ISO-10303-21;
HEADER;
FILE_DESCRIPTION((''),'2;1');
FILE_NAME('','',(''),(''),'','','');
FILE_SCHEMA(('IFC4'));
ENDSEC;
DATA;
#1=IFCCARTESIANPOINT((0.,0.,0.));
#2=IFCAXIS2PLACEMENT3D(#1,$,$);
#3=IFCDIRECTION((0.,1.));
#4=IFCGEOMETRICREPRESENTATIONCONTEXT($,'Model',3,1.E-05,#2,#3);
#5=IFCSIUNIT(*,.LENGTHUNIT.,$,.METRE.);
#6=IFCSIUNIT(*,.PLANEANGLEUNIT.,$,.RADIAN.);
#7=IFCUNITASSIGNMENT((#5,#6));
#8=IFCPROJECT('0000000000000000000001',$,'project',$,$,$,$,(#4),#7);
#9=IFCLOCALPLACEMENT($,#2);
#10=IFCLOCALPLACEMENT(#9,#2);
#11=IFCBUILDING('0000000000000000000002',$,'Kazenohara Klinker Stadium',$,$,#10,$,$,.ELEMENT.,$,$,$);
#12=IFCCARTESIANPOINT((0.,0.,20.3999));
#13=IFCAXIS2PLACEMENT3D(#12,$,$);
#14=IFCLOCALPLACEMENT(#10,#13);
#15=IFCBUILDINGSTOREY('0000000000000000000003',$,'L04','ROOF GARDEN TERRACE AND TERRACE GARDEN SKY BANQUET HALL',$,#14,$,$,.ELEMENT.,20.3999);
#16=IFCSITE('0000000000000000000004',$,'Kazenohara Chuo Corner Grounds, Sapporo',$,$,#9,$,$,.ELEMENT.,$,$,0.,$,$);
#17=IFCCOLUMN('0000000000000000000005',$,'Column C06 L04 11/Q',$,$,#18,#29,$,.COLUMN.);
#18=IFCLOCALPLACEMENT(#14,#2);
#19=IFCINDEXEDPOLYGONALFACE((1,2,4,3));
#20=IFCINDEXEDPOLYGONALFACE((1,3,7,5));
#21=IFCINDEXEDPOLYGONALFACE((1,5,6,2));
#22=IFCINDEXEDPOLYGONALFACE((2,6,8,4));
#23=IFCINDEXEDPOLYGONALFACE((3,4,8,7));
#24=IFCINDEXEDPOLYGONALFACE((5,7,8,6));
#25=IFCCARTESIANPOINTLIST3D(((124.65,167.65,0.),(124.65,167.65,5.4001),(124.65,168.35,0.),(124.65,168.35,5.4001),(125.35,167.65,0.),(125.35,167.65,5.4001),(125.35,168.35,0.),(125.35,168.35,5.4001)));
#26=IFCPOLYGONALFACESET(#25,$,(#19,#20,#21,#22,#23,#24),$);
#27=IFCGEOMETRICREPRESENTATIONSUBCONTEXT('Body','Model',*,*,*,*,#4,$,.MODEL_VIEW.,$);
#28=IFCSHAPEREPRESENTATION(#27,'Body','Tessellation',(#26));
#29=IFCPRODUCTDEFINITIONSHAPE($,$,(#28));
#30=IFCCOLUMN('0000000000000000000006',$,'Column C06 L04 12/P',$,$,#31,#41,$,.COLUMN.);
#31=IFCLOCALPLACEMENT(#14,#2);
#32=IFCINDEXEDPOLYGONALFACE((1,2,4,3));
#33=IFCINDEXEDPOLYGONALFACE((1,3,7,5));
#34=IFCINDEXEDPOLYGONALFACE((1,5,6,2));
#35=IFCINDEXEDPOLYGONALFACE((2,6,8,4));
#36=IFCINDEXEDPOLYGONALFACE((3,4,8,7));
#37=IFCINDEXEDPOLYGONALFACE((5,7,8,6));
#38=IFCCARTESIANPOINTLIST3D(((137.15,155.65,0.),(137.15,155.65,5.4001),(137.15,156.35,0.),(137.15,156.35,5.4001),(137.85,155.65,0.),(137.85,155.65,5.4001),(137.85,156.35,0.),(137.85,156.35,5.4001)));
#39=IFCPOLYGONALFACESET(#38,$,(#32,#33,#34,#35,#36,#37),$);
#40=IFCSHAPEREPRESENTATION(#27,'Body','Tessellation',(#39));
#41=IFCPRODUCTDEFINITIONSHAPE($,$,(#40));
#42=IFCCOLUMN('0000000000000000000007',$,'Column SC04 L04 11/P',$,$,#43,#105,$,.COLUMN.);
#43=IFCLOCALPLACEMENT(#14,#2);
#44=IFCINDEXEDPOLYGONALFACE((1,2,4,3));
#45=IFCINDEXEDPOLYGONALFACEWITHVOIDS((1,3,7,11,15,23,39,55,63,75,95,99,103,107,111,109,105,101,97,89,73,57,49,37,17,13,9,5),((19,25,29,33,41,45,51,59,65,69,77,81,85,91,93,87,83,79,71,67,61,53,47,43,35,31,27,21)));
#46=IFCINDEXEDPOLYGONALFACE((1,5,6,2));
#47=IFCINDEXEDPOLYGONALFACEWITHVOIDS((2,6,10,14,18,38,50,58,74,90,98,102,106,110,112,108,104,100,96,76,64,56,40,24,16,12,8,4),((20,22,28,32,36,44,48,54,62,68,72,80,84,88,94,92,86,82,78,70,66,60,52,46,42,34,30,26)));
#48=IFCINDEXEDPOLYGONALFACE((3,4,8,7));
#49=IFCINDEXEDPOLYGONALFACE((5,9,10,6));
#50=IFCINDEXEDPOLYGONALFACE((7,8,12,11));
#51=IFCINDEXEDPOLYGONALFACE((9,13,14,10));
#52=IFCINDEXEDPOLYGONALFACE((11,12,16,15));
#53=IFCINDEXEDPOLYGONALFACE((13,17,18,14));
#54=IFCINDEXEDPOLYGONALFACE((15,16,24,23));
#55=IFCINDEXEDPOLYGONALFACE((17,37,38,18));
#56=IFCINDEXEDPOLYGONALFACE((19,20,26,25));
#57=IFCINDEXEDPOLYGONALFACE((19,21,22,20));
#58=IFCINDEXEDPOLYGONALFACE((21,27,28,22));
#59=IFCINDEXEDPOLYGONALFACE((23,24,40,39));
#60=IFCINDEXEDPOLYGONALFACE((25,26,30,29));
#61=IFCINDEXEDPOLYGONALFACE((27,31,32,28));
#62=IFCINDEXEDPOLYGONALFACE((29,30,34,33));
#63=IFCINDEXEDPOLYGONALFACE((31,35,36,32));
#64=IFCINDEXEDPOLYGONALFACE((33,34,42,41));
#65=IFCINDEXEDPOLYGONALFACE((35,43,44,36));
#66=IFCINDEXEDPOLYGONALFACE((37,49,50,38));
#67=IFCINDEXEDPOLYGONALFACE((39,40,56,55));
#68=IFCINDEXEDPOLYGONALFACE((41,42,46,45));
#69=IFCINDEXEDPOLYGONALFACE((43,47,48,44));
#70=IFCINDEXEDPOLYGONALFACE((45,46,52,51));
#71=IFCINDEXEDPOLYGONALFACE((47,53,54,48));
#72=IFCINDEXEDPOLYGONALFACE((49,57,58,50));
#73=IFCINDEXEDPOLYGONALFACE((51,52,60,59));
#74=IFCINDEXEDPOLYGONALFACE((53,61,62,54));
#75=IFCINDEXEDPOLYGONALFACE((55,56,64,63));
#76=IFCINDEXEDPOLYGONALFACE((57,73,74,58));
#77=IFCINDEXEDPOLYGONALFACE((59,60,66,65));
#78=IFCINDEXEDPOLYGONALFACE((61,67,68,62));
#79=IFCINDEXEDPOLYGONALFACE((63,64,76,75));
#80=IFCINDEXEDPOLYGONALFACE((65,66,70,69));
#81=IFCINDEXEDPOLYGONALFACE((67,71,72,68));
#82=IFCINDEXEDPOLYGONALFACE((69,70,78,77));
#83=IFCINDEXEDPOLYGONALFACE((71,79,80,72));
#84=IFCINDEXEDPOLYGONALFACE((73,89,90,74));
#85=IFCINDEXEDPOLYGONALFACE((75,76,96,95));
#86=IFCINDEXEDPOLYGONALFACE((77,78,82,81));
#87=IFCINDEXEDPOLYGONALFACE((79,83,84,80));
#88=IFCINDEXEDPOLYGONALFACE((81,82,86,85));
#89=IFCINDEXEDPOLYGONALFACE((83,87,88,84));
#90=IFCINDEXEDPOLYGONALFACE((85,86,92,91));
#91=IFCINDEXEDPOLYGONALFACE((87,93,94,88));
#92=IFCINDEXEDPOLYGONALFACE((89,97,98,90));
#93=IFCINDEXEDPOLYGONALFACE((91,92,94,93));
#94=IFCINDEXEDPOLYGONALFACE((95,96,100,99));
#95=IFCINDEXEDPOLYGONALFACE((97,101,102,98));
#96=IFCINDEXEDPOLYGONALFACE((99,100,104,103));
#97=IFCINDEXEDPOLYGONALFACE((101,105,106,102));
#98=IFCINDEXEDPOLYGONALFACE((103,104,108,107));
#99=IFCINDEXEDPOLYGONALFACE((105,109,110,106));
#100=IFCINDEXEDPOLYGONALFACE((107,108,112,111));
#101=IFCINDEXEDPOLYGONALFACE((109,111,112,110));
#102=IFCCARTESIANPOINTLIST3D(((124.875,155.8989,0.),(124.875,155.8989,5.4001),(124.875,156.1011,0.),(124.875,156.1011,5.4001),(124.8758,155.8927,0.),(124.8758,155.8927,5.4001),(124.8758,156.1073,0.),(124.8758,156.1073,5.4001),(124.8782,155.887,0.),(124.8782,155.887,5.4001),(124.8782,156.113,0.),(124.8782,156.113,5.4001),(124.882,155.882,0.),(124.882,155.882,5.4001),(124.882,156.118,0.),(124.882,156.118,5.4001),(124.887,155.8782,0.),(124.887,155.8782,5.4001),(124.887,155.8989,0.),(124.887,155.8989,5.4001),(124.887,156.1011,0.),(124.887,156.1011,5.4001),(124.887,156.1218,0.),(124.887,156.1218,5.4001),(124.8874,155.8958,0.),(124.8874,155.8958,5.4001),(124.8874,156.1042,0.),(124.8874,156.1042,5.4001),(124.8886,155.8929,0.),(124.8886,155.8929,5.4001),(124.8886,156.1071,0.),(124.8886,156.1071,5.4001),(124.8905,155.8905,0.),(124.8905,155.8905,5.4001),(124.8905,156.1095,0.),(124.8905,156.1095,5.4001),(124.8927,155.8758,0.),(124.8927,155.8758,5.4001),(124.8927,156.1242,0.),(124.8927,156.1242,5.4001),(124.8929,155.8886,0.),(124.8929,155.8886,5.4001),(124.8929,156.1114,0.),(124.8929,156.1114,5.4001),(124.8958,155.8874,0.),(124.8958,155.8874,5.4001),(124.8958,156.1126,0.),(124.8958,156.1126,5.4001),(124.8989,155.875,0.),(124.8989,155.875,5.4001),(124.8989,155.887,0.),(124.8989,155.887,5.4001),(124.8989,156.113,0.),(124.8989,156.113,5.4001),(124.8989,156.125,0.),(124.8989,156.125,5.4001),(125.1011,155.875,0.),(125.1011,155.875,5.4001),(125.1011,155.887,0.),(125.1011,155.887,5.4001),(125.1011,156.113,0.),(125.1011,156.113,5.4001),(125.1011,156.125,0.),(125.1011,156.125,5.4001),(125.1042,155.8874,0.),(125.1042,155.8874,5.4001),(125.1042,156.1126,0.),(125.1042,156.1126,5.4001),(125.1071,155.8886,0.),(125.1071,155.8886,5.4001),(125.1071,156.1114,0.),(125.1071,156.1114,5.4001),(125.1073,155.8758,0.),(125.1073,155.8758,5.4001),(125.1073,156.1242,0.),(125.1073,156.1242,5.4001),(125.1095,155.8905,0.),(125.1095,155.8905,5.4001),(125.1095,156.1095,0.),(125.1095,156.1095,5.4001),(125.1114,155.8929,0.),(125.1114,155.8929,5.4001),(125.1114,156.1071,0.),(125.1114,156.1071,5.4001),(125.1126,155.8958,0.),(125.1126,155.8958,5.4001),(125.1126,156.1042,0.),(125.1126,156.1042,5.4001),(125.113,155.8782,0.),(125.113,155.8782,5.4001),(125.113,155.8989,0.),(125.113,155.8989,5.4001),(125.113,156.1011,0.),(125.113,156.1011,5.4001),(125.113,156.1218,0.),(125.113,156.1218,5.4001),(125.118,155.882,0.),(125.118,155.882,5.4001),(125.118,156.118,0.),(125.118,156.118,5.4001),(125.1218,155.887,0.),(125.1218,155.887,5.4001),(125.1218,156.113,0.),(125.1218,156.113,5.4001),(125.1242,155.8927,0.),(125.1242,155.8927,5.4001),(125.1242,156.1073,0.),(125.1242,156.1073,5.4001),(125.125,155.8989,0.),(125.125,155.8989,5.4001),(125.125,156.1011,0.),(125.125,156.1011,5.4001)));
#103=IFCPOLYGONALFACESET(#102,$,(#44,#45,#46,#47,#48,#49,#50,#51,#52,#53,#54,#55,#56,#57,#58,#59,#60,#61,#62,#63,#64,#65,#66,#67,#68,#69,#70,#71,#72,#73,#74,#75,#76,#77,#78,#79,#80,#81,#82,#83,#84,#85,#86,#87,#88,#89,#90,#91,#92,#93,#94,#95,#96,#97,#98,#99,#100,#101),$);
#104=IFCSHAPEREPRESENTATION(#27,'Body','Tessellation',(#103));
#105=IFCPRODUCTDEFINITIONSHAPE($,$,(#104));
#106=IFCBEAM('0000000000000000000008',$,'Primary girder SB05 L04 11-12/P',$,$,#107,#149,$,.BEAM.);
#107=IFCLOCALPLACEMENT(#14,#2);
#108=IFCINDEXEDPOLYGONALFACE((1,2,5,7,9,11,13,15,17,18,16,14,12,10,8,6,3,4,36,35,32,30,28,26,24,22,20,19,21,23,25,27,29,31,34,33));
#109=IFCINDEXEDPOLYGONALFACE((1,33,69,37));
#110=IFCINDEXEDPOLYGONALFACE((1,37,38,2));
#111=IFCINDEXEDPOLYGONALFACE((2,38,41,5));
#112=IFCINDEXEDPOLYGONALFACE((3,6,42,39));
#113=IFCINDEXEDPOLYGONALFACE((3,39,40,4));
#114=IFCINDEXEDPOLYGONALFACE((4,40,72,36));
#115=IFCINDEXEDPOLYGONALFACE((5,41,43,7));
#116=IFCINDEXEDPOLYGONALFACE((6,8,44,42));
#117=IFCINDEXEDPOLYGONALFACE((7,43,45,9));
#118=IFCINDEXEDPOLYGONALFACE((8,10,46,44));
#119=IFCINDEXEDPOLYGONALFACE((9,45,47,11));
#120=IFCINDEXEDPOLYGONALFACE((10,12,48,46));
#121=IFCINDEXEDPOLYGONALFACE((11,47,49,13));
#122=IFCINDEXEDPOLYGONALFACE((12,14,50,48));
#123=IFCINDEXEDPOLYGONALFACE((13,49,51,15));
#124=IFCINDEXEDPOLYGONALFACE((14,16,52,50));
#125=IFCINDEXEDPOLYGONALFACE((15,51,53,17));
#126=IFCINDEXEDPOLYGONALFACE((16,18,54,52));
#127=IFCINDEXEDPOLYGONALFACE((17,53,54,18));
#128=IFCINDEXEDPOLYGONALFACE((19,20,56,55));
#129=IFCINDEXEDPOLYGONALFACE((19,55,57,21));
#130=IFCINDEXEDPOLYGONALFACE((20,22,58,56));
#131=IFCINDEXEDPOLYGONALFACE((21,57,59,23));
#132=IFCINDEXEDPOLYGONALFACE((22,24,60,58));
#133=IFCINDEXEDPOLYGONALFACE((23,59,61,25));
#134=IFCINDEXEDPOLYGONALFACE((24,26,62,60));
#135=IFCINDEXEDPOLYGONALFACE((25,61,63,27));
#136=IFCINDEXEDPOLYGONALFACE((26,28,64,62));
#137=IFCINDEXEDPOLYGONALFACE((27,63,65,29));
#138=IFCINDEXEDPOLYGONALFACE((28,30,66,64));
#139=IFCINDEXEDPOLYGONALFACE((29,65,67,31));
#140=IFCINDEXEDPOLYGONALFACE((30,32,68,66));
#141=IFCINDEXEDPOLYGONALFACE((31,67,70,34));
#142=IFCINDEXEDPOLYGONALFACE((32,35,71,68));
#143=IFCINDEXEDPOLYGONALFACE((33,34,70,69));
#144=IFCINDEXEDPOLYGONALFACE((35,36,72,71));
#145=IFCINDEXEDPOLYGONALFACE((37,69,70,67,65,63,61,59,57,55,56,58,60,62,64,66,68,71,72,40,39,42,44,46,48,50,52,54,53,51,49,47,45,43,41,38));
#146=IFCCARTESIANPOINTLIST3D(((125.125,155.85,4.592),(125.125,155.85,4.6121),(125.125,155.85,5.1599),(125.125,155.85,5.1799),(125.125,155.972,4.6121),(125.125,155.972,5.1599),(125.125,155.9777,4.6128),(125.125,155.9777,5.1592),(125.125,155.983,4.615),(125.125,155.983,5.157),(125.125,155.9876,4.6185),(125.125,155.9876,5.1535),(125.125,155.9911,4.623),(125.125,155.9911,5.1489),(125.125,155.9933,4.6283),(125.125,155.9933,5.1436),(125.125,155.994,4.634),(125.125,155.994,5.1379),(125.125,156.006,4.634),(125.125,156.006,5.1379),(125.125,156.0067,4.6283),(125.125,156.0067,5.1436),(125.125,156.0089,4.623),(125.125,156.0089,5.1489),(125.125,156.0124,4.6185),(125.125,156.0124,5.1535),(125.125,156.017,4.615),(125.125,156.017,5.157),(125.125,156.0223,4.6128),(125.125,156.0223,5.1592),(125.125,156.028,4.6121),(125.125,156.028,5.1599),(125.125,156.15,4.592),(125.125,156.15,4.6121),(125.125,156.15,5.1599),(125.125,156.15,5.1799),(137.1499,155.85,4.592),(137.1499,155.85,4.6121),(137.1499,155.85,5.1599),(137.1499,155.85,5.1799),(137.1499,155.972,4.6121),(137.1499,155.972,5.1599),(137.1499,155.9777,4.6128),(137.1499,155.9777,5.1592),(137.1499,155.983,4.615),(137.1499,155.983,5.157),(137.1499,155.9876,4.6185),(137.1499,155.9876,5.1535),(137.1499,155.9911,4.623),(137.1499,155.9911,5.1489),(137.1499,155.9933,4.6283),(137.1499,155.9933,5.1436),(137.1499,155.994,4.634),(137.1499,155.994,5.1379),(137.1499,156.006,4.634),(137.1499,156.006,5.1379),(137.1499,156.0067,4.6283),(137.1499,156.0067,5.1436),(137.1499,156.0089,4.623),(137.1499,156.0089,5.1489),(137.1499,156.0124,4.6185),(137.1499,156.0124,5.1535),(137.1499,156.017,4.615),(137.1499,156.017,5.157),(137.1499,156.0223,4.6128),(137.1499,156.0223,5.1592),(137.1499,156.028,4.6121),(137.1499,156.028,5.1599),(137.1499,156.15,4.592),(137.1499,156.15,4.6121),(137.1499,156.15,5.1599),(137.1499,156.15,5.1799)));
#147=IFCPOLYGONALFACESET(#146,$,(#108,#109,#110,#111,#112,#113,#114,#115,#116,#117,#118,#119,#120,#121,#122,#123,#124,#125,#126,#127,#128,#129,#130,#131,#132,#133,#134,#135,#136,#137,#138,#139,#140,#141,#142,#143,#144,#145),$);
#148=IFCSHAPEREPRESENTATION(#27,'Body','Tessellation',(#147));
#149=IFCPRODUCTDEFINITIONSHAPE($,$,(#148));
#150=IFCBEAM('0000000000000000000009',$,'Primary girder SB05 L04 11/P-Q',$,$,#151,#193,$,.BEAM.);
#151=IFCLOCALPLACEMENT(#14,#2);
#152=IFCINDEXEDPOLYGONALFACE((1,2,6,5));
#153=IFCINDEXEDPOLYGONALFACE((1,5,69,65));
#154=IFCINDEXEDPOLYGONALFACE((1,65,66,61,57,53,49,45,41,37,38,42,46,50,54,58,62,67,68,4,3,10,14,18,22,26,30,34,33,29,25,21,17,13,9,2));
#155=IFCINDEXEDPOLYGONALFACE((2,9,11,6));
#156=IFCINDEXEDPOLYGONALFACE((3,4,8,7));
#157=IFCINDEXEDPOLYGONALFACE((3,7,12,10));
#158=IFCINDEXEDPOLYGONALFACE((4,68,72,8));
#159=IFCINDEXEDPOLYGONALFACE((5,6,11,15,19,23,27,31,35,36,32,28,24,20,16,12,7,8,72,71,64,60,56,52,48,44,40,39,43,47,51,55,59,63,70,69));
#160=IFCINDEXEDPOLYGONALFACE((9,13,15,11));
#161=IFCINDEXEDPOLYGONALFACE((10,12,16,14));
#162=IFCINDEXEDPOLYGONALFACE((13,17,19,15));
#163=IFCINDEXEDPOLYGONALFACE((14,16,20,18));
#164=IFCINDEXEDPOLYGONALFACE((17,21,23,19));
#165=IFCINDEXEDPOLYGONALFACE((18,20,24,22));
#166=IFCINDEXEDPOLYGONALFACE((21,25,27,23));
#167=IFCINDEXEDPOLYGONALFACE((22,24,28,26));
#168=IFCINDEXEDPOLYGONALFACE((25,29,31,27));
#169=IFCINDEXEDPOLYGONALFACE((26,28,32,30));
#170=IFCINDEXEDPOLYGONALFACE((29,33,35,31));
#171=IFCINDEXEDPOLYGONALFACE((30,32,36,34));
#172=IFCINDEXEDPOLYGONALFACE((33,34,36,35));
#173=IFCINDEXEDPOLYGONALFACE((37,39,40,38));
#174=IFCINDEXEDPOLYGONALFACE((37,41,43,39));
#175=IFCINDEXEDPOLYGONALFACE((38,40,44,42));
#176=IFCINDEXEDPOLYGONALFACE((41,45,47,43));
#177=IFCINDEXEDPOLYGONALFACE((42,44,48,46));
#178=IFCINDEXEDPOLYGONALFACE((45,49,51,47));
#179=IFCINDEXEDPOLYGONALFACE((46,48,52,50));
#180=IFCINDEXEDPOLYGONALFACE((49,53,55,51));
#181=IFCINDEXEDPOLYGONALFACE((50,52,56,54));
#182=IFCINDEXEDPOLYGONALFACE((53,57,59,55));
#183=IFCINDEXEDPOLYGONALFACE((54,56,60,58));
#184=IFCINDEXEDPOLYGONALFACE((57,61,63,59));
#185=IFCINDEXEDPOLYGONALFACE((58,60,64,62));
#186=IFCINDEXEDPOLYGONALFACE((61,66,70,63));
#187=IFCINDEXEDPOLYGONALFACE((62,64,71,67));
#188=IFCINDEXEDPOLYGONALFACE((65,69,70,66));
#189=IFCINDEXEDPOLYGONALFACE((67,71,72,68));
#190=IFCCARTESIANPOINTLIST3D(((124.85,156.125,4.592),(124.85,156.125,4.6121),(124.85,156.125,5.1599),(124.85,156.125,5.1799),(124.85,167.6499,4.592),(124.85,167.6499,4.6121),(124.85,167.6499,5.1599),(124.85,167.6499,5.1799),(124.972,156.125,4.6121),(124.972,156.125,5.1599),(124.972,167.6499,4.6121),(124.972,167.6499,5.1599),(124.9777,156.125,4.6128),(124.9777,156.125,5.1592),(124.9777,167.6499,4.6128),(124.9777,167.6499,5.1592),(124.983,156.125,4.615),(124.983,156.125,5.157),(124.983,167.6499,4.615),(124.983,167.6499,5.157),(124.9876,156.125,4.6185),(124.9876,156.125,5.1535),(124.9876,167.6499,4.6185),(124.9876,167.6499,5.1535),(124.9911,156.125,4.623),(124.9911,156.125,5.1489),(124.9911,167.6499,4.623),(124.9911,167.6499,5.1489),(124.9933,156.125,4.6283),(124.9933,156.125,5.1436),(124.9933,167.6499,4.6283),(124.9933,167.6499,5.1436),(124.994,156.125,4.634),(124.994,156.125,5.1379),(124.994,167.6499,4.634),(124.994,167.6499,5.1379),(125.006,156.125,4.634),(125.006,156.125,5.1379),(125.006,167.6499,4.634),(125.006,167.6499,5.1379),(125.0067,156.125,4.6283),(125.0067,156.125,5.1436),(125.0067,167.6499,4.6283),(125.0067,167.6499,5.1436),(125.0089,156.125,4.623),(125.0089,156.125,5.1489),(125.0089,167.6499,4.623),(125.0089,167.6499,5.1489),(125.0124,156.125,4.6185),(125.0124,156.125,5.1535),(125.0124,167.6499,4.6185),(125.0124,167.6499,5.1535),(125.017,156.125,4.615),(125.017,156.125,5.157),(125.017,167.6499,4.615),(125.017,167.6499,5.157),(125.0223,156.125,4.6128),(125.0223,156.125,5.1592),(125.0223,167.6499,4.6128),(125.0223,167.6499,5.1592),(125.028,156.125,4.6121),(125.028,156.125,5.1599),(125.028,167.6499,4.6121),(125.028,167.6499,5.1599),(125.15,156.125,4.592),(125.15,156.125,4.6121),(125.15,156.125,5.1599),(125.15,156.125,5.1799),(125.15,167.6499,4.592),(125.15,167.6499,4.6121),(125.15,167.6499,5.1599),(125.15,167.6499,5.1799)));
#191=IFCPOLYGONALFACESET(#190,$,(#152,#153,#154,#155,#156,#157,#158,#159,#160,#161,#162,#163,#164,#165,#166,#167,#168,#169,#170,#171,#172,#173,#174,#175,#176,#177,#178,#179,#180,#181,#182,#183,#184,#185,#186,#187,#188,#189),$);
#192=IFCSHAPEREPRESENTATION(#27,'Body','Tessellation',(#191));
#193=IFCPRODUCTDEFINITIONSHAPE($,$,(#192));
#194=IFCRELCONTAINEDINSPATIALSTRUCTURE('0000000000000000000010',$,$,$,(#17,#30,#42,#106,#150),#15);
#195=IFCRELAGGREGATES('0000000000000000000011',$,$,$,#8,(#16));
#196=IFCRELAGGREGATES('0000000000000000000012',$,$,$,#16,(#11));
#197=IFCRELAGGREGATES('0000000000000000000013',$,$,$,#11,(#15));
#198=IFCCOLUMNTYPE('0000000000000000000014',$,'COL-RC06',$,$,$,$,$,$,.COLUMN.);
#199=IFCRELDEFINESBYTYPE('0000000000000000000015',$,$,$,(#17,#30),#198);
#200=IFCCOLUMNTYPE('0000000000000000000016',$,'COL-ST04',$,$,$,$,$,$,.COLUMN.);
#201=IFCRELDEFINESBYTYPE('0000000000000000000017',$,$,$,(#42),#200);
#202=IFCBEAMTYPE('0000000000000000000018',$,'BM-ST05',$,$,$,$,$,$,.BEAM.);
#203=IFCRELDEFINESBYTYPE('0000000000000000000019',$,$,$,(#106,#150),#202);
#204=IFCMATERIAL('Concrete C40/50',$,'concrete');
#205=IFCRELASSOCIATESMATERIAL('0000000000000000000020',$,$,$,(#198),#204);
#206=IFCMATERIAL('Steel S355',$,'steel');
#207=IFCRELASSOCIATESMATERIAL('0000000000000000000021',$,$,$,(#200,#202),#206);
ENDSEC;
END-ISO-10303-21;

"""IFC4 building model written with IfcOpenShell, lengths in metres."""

from ifc_helpers import new_model, si_unit, direction, frame, origin, origin_2d, place, context, subcontext, project, spatial, rectangle, hollow_rectangle, i_section, extrude, material, material_profile, profile_set, type_object, element, save


model = new_model("IFC4")

# Units and contexts
model_context = context("Model", 3, precision=1e-05, world=origin(), true_north=direction((0.0, 1.0)))
body_context = subcontext(model_context, "Body", "Model", "MODEL_VIEW")
ifc_project = project(units=[si_unit("LENGTHUNIT", "METRE"), si_unit("PLANEANGLEUNIT", "RADIAN")], contexts=[model_context])

# Site, building, storey
site_placement = place(None, origin())
site = spatial("IfcSite", under=ifc_project, at=site_placement, Name="Kazenohara Chuo Corner Grounds, Sapporo", CompositionType="ELEMENT", RefElevation=0.0)
building_placement = place(site_placement, origin())
building = spatial("IfcBuilding", under=site, at=building_placement, Name="Kazenohara Klinker Stadium", CompositionType="ELEMENT")
storey_placement = place(building_placement, frame((0.0, 0.0, 20.3999)))
storey = spatial("IfcBuildingStorey", under=building, at=storey_placement, Name="L04", Description="ROOF GARDEN TERRACE AND TERRACE GARDEN SKY BANQUET HALL", CompositionType="ELEMENT", Elevation=20.3999)

# Columns
ifc_material_1 = material(Name="Concrete C40/50", Category="concrete")
ifc_material_profile_1 = material_profile(ifc_material_1, rectangle(XDim=0.7, YDim=0.7, at=origin_2d()), Name="RC-COL-700x700")
ifc_profile_set_1 = profile_set([ifc_material_profile_1], Name="Concrete C40/50")
column_type_1 = type_object("IfcColumnType", Name="COL-RC06", PredefinedType="COLUMN", material=ifc_profile_set_1)
for number, where, z_axis, x_axis, name in (
    (1, (125.0, 168.0, 0.0), (0.0, 0.0, 1.0), (1.0, 0.0, 0.0), "Column C06 L04 11/Q"),
    (2, (137.5, 156.0, 0.0), (0.0, 0.0, 1.0), (1.0, 0.0, 0.0), "Column C06 L04 12/P"),
):
    element("IfcColumn", number, at=place(storey_placement, frame(where, z_axis=z_axis, x_axis=x_axis)), inside=storey, type_object=column_type_1, Name=name, PredefinedType="COLUMN", context=body_context, shape_type="SweptSolid", body=[
        extrude(rectangle(XDim=0.7, YDim=0.7, at=origin_2d()), origin(), (0.0, 0.0, 1.0), 5.4001),
    ])
ifc_material_2 = material(Name="Steel S355", Category="steel")
ifc_material_profile_2 = material_profile(ifc_material_2, hollow_rectangle(XDim=0.25, YDim=0.25, WallThickness=0.012, InnerFilletRadius=0.012, OuterFilletRadius=0.0239, at=origin_2d()), Name="SHS-250x250x12")
ifc_profile_set_2 = profile_set([ifc_material_profile_2], Name="Steel S355")
column_type_2 = type_object("IfcColumnType", Name="COL-ST04", PredefinedType="COLUMN", material=ifc_profile_set_2)
column_placement = place(storey_placement, frame((125.0, 156.0, 0.0), z_axis=(0.0, 0.0, 1.0), x_axis=(1.0, 0.0, 0.0)))
element("IfcColumn", 3, at=column_placement, inside=storey, type_object=column_type_2, Name="Column SC04 L04 11/P", PredefinedType="COLUMN", context=body_context, shape_type="SweptSolid", body=[
    extrude(hollow_rectangle(XDim=0.25, YDim=0.25, WallThickness=0.012, InnerFilletRadius=0.012, OuterFilletRadius=0.0239, at=origin_2d()), origin(), (0.0, 0.0, 1.0), 5.4001),
])

# Beams
ifc_material_profile_3 = material_profile(ifc_material_2, i_section(OverallWidth=0.3, OverallDepth=0.5879, WebThickness=0.012, FlangeThickness=0.02, FilletRadius=0.022, at=origin_2d()), Name="H-588x300x12x20")
ifc_profile_set_3 = profile_set([ifc_material_profile_3], Name="Steel S355")
beam_type = type_object("IfcBeamType", Name="BM-ST05", PredefinedType="BEAM", material=ifc_profile_set_3)
beam_1_placement = place(storey_placement, frame((125.125, 156.0, 4.886), z_axis=(1.0, 0.0, 0.0), x_axis=(0.0, 1.0, 0.0)))
element("IfcBeam", 4, at=beam_1_placement, inside=storey, type_object=beam_type, Name="Primary girder SB05 L04 11-12/P", PredefinedType="BEAM", context=body_context, shape_type="SweptSolid", body=[
    extrude(i_section(OverallWidth=0.3, OverallDepth=0.5879, WebThickness=0.012, FlangeThickness=0.02, FilletRadius=0.022, at=origin_2d()), origin(), (0.0, 0.0, 1.0), 12.0249),
])
beam_2_placement = place(storey_placement, frame((125.0, 156.125, 4.886), z_axis=(0.0, 1.0, 0.0), x_axis=(-1.0, 0.0, 0.0)))
element("IfcBeam", 5, at=beam_2_placement, inside=storey, type_object=beam_type, Name="Primary girder SB05 L04 11/P-Q", PredefinedType="BEAM", context=body_context, shape_type="SweptSolid", body=[
    extrude(i_section(OverallWidth=0.3, OverallDepth=0.5879, WebThickness=0.012, FlangeThickness=0.02, FilletRadius=0.022, at=origin_2d()), origin(), (0.0, 0.0, 1.0), 11.5249),
])

save(model, "model.ifc")
